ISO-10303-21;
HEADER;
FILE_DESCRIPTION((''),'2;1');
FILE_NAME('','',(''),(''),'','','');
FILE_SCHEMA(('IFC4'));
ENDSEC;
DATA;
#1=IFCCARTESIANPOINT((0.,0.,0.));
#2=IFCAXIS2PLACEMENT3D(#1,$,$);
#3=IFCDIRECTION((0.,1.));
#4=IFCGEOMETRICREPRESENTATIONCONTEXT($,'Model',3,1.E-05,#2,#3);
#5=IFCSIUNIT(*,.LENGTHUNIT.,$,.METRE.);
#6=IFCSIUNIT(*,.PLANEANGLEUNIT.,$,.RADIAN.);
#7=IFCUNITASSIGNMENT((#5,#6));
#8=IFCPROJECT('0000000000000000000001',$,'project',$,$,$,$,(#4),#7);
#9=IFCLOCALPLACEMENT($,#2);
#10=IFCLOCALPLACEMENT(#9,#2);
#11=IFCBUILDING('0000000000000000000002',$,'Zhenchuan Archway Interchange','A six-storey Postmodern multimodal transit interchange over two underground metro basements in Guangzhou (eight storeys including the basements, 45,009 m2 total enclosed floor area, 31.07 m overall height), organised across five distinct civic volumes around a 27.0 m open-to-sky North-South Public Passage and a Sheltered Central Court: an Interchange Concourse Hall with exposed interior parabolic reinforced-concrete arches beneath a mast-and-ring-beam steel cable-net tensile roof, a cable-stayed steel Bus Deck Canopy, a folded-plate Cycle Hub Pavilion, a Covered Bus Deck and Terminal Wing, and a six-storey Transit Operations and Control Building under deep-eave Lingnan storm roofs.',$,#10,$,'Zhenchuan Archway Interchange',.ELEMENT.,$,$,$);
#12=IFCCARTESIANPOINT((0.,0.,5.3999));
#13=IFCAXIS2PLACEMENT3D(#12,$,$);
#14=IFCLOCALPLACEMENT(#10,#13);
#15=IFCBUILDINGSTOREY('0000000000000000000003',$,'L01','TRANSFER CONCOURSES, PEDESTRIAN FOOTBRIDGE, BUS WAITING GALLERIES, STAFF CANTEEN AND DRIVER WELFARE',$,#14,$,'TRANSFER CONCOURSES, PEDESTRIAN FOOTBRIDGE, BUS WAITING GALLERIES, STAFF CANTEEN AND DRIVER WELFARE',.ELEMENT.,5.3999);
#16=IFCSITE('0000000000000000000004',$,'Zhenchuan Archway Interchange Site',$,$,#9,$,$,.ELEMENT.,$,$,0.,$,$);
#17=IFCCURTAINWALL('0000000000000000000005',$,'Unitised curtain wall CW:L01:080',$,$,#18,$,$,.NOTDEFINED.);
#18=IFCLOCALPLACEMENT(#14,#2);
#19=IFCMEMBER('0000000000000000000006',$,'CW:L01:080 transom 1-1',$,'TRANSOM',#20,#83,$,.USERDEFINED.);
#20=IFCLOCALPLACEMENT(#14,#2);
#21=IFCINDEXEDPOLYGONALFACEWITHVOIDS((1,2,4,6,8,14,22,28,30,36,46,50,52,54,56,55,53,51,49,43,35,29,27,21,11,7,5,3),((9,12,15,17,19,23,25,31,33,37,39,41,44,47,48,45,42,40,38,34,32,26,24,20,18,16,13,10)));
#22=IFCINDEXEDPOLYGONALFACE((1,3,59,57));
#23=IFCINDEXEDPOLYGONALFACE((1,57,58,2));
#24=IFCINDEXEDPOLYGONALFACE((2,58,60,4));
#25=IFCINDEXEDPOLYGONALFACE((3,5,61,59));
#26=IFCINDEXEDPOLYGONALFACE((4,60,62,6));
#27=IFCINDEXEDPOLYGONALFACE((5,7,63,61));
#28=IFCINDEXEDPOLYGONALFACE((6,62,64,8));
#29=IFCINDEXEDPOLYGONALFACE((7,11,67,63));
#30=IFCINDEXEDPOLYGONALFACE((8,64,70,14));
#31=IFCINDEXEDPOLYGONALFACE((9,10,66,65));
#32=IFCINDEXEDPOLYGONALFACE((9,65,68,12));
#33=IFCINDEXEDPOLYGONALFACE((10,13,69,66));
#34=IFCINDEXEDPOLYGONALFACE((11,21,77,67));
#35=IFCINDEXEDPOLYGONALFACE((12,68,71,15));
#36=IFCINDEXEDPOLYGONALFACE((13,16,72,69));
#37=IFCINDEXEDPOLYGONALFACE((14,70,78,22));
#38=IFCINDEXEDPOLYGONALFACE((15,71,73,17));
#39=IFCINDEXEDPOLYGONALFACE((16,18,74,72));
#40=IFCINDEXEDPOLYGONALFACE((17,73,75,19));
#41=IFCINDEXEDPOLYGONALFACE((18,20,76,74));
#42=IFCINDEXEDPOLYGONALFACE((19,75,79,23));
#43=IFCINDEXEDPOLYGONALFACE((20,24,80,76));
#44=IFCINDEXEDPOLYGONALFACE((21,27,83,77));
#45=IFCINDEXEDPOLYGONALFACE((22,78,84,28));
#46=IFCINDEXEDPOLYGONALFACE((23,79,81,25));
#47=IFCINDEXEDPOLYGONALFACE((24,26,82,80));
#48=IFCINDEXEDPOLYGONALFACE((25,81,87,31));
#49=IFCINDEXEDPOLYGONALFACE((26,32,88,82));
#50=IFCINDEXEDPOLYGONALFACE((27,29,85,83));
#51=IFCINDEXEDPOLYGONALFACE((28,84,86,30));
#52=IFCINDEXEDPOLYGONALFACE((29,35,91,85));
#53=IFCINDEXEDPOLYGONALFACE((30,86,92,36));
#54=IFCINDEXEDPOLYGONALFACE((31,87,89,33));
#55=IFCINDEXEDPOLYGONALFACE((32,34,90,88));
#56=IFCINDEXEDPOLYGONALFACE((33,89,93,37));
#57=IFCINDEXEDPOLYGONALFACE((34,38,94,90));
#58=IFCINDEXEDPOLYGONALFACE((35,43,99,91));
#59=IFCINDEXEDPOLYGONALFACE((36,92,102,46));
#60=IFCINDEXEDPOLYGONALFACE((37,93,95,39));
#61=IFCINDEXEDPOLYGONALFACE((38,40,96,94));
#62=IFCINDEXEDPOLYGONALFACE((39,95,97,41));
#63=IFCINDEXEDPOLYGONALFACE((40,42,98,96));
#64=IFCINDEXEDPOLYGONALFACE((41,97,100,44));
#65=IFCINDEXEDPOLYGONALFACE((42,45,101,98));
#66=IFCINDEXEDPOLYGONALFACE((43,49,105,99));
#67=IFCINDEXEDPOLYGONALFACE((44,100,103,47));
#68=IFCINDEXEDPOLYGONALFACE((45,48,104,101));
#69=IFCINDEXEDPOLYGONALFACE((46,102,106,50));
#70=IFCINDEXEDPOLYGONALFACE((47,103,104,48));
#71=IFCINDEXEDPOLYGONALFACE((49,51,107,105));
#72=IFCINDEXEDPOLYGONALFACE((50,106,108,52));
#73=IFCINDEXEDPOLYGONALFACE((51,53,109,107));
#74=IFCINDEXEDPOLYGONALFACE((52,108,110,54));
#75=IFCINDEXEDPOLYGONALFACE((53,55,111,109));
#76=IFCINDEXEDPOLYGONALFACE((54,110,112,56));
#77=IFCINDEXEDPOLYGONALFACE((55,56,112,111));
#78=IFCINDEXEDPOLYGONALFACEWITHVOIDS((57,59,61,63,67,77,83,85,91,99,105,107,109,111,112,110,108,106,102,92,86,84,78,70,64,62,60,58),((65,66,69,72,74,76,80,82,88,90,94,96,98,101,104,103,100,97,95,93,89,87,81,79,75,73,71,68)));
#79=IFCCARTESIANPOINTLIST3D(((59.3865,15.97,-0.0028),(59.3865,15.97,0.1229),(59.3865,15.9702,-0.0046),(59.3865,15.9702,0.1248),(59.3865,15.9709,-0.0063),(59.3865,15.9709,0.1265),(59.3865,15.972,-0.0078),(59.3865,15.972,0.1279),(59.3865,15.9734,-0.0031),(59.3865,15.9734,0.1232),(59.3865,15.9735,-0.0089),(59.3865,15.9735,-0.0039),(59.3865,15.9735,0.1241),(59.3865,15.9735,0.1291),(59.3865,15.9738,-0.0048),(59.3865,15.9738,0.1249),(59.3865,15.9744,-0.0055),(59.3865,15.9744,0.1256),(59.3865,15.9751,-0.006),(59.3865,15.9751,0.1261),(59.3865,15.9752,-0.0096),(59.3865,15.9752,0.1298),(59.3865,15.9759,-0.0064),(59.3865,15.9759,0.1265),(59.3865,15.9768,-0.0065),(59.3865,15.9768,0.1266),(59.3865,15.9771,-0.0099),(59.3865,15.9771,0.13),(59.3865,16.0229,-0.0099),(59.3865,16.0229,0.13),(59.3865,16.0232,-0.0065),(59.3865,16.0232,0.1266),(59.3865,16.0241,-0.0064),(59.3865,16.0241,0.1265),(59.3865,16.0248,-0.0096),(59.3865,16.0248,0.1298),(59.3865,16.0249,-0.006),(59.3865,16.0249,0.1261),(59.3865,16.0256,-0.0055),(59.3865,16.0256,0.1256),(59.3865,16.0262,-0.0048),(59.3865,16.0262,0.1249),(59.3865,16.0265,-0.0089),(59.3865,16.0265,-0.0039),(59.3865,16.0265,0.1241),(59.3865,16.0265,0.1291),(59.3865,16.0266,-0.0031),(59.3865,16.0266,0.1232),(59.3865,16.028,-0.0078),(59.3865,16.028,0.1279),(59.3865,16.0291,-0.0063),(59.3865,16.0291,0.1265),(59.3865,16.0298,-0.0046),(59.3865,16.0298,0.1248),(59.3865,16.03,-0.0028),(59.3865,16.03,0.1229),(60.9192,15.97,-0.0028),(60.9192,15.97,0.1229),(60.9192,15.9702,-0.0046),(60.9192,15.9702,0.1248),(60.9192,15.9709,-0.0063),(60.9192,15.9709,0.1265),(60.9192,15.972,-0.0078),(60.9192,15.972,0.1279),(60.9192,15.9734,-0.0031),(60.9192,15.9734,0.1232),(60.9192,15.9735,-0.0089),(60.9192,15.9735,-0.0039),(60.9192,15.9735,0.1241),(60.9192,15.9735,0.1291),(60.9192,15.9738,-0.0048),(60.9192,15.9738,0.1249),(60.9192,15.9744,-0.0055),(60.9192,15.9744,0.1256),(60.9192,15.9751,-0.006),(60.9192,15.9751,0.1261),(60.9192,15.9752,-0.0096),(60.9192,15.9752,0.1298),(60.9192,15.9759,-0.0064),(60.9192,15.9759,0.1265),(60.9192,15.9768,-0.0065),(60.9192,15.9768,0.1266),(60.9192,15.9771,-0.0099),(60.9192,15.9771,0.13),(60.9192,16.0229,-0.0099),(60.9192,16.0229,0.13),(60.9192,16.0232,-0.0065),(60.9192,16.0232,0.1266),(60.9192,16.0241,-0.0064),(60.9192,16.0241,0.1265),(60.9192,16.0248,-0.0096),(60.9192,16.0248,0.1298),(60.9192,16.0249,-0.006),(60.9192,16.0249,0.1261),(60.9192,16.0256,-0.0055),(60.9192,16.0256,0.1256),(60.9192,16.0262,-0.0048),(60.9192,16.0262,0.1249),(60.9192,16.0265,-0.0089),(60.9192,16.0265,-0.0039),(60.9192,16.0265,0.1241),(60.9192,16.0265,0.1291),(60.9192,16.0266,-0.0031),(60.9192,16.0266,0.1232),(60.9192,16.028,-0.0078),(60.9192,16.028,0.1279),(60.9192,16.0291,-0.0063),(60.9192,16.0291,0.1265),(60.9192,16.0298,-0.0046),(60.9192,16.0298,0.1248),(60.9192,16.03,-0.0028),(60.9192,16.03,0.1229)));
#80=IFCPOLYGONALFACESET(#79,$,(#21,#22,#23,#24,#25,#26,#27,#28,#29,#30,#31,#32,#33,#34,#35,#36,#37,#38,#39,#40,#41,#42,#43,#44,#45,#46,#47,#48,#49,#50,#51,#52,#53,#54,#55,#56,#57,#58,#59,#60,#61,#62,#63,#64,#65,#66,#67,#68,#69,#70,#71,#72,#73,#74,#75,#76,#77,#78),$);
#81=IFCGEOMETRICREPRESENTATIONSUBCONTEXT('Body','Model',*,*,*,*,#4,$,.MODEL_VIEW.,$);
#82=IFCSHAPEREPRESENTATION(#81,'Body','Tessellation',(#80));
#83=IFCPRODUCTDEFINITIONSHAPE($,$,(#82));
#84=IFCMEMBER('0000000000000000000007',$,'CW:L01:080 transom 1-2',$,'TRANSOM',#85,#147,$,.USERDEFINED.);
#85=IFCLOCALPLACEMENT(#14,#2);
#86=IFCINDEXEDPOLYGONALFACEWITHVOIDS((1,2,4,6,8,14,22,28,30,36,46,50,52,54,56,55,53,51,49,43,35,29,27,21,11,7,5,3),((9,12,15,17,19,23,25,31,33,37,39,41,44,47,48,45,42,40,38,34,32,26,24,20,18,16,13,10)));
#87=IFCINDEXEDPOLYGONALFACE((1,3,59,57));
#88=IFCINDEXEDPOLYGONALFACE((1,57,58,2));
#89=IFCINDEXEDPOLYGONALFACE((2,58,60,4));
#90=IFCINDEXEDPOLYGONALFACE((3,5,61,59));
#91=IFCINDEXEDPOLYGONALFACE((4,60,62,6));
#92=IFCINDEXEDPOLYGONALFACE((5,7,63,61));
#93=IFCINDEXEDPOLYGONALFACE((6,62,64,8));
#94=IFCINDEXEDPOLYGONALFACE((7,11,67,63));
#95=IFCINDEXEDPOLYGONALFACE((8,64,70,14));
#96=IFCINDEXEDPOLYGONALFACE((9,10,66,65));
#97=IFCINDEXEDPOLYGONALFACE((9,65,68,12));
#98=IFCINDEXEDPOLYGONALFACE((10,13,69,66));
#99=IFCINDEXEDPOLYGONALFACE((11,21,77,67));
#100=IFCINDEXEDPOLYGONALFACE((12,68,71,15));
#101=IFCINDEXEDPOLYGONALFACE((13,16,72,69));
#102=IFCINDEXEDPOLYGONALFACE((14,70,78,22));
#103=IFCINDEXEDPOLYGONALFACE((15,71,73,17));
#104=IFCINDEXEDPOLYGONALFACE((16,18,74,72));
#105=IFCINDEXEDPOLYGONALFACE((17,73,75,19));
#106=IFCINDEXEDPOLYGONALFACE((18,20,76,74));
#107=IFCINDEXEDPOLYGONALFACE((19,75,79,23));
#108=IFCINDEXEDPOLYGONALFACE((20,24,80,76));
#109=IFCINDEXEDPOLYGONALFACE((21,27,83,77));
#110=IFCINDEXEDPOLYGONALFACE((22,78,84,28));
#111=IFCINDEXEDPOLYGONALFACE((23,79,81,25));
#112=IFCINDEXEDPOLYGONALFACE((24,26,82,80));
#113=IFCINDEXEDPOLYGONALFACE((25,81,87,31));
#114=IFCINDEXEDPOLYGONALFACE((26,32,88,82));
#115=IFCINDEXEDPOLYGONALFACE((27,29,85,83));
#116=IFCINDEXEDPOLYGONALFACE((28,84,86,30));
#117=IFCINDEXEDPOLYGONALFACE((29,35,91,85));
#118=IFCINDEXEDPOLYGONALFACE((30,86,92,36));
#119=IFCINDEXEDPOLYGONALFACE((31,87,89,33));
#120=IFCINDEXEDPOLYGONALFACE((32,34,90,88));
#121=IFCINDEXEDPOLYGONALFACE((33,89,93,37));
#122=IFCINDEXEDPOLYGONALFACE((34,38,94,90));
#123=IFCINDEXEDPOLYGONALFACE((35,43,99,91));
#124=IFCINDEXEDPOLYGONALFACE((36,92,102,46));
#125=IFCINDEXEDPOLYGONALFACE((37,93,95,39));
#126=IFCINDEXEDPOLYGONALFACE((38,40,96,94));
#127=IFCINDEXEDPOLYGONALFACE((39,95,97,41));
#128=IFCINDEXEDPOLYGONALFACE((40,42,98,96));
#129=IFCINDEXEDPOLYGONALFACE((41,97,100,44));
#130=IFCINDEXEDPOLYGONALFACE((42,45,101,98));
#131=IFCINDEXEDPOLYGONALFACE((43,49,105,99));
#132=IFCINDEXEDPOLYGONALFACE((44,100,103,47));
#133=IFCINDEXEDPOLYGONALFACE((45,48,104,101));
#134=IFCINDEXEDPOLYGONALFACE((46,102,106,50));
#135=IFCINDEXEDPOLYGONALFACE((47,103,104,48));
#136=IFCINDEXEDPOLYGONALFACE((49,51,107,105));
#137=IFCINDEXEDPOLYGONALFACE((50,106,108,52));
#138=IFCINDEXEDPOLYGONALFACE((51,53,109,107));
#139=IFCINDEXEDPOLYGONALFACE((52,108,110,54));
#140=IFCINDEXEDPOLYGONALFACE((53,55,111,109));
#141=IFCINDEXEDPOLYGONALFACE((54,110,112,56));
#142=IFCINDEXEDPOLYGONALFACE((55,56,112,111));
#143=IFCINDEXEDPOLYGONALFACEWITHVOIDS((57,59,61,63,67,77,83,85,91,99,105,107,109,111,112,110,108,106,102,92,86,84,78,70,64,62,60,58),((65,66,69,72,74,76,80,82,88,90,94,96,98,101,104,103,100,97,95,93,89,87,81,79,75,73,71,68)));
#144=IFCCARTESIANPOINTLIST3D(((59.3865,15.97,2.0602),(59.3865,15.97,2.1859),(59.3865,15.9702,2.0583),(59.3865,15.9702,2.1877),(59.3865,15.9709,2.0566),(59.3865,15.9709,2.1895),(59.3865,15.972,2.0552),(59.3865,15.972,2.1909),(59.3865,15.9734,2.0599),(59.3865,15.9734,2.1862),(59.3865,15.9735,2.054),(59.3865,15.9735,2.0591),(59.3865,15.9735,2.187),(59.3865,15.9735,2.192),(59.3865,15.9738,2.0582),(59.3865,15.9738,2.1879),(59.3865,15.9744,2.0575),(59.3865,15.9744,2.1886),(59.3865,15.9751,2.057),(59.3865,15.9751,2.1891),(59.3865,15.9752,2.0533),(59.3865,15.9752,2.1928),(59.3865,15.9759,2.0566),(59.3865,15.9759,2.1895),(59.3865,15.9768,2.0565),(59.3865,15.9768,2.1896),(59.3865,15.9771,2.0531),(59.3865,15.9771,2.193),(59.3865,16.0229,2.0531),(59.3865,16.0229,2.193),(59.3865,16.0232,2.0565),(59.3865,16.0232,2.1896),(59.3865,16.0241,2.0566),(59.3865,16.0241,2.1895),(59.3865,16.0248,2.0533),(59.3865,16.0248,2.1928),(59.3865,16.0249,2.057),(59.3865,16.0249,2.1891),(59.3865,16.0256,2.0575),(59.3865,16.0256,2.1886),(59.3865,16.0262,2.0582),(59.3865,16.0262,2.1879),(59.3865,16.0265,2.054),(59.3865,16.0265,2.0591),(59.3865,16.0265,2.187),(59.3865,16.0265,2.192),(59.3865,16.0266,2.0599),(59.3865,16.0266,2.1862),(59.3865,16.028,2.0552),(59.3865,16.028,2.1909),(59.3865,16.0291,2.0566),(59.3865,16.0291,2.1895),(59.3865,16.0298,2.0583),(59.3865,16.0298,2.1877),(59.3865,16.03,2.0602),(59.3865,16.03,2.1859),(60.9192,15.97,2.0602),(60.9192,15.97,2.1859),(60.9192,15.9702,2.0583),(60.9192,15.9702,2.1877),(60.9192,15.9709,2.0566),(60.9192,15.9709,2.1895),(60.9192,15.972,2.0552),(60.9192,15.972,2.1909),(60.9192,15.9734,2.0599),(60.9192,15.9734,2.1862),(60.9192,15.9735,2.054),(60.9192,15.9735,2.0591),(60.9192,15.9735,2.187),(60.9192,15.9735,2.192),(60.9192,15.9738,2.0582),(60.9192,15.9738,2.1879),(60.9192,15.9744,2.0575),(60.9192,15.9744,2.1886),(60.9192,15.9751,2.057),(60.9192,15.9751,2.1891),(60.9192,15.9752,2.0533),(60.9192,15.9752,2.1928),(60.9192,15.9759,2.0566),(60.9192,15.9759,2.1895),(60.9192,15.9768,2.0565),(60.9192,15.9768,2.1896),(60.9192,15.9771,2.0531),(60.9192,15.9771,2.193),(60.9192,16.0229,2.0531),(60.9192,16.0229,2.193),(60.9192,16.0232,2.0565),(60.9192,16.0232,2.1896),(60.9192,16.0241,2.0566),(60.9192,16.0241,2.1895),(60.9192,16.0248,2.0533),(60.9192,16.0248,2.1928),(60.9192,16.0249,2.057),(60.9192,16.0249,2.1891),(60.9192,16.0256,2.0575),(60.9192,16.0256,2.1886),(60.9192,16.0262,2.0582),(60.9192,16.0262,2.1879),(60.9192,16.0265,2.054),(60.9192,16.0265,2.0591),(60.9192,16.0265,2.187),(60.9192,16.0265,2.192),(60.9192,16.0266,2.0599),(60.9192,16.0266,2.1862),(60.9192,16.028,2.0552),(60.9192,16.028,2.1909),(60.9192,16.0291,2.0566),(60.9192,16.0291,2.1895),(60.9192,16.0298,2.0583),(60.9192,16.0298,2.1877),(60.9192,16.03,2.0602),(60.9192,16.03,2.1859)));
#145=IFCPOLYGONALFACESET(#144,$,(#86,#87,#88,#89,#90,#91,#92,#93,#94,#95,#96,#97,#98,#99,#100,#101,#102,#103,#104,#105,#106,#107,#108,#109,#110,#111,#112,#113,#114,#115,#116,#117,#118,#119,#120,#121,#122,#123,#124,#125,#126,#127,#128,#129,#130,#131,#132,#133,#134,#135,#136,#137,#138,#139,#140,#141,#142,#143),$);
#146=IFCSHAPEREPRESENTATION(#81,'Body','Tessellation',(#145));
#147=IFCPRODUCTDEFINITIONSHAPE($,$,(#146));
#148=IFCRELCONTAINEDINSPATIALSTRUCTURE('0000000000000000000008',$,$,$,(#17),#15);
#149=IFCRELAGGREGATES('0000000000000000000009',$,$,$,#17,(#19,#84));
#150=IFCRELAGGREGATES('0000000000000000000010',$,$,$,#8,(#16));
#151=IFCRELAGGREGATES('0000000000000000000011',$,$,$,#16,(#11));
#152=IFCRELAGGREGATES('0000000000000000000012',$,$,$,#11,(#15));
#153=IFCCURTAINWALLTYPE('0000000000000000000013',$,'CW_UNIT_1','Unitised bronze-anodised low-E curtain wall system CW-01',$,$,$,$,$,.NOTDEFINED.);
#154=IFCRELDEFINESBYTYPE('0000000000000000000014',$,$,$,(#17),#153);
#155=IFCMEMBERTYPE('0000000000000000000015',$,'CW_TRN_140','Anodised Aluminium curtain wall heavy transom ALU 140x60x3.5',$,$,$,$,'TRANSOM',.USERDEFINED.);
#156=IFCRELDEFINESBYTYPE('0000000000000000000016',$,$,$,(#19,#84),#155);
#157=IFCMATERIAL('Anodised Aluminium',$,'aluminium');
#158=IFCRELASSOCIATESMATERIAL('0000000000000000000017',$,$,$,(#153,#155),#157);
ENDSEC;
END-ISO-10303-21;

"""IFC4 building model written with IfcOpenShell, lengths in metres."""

from ifc_helpers import new_model, si_unit, direction, frame, origin, origin_2d, place, context, subcontext, project, spatial, hollow_rectangle, extrude, material, material_profile, profile_set, type_object, element, aggregate, save


model = new_model("IFC4")

# Units and contexts
model_context = context("Model", 3, precision=1e-05, world=origin(), true_north=direction((0.0, 1.0)))
body_context = subcontext(model_context, "Body", "Model", "MODEL_VIEW")
ifc_project = project(units=[si_unit("LENGTHUNIT", "METRE"), si_unit("PLANEANGLEUNIT", "RADIAN")], contexts=[model_context])

# Site, building, storey
site_placement = place(None, origin())
site = spatial("IfcSite", under=ifc_project, at=site_placement, Name="Zhenchuan Archway Interchange Site", CompositionType="ELEMENT", RefElevation=0.0)
building_placement = place(site_placement, origin())
building = spatial("IfcBuilding", under=site, at=building_placement, Name="Zhenchuan Archway Interchange", Description="A six-storey Postmodern multimodal transit interchange over two underground metro basements in Guangzhou (eight storeys including the basements, 45,009 m2 total enclosed floor area, 31.07 m overall height), organised across five distinct civic volumes around a 27.0 m open-to-sky North-South Public Passage and a Sheltered Central Court: an Interchange Concourse Hall with exposed interior parabolic reinforced-concrete arches beneath a mast-and-ring-beam steel cable-net tensile roof, a cable-stayed steel Bus Deck Canopy, a folded-plate Cycle Hub Pavilion, a Covered Bus Deck and Terminal Wing, and a six-storey Transit Operations and Control Building under deep-eave Lingnan storm roofs.", LongName="Zhenchuan Archway Interchange", CompositionType="ELEMENT")
storey_placement = place(building_placement, frame((0.0, 0.0, 5.3999)))
storey = spatial("IfcBuildingStorey", under=building, at=storey_placement, Name="L01", Description="TRANSFER CONCOURSES, PEDESTRIAN FOOTBRIDGE, BUS WAITING GALLERIES, STAFF CANTEEN AND DRIVER WELFARE", LongName="TRANSFER CONCOURSES, PEDESTRIAN FOOTBRIDGE, BUS WAITING GALLERIES, STAFF CANTEEN AND DRIVER WELFARE", CompositionType="ELEMENT", Elevation=5.3999)

# Curtain wall, members
ifc_material_1 = material(Name="Anodised Aluminium", Category="aluminium")
curtain_wall_type = type_object("IfcCurtainWallType", Name="CW_UNIT_1", Description="Unitised bronze-anodised low-E curtain wall system CW-01", PredefinedType="NOTDEFINED", material=ifc_material_1)
curtain_wall_placement = place(storey_placement, origin())
curtain_wall = element("IfcCurtainWall", 1, at=curtain_wall_placement, inside=storey, type_object=curtain_wall_type, Name="Unitised curtain wall CW:L01:080", PredefinedType="NOTDEFINED")
ifc_material_profile_1 = material_profile(ifc_material_1, hollow_rectangle(XDim=0.0601, YDim=0.1399, WallThickness=0.0034, InnerFilletRadius=0.0034, OuterFilletRadius=0.0071, at=origin_2d()), Name="ALU 140x60x3.5")
ifc_profile_set_1 = profile_set([ifc_material_profile_1], Name="Anodised Aluminium")
member_type_1 = type_object("IfcMemberType", Name="CW_TRN_140", Description="Anodised Aluminium curtain wall heavy transom ALU 140x60x3.5", ElementType="TRANSOM", PredefinedType="USERDEFINED", material=ifc_profile_set_1)
member_1_placement = place(storey_placement, frame((60.9192, 16.0, 0.0601), z_axis=(-1.0, 0.0, 0.0), x_axis=(0.0, -1.0, 0.0)))
member_1 = element("IfcMember", 2, at=member_1_placement, type_object=member_type_1, Name="CW:L01:080 transom 1-1", ObjectType="TRANSOM", PredefinedType="USERDEFINED", context=body_context, shape_type="SweptSolid", body=[
    extrude(hollow_rectangle(XDim=0.0601, YDim=0.1399, WallThickness=0.0034, InnerFilletRadius=0.0034, OuterFilletRadius=0.0071, at=origin_2d()), origin(), (0.0, 0.0, 1.0), 1.5327),
])
member_2_placement = place(storey_placement, frame((60.9192, 16.0, 2.123), z_axis=(-1.0, 0.0, 0.0), x_axis=(0.0, -1.0, 0.0)))
member_2 = element("IfcMember", 3, at=member_2_placement, type_object=member_type_1, Name="CW:L01:080 transom 1-2", ObjectType="TRANSOM", PredefinedType="USERDEFINED", context=body_context, shape_type="SweptSolid", body=[
    extrude(hollow_rectangle(XDim=0.0601, YDim=0.1399, WallThickness=0.0034, InnerFilletRadius=0.0034, OuterFilletRadius=0.0071, at=origin_2d()), origin(), (0.0, 0.0, 1.0), 1.5327),
])

aggregate(curtain_wall, [member_1, member_2])

save(model, "model.ifc")
